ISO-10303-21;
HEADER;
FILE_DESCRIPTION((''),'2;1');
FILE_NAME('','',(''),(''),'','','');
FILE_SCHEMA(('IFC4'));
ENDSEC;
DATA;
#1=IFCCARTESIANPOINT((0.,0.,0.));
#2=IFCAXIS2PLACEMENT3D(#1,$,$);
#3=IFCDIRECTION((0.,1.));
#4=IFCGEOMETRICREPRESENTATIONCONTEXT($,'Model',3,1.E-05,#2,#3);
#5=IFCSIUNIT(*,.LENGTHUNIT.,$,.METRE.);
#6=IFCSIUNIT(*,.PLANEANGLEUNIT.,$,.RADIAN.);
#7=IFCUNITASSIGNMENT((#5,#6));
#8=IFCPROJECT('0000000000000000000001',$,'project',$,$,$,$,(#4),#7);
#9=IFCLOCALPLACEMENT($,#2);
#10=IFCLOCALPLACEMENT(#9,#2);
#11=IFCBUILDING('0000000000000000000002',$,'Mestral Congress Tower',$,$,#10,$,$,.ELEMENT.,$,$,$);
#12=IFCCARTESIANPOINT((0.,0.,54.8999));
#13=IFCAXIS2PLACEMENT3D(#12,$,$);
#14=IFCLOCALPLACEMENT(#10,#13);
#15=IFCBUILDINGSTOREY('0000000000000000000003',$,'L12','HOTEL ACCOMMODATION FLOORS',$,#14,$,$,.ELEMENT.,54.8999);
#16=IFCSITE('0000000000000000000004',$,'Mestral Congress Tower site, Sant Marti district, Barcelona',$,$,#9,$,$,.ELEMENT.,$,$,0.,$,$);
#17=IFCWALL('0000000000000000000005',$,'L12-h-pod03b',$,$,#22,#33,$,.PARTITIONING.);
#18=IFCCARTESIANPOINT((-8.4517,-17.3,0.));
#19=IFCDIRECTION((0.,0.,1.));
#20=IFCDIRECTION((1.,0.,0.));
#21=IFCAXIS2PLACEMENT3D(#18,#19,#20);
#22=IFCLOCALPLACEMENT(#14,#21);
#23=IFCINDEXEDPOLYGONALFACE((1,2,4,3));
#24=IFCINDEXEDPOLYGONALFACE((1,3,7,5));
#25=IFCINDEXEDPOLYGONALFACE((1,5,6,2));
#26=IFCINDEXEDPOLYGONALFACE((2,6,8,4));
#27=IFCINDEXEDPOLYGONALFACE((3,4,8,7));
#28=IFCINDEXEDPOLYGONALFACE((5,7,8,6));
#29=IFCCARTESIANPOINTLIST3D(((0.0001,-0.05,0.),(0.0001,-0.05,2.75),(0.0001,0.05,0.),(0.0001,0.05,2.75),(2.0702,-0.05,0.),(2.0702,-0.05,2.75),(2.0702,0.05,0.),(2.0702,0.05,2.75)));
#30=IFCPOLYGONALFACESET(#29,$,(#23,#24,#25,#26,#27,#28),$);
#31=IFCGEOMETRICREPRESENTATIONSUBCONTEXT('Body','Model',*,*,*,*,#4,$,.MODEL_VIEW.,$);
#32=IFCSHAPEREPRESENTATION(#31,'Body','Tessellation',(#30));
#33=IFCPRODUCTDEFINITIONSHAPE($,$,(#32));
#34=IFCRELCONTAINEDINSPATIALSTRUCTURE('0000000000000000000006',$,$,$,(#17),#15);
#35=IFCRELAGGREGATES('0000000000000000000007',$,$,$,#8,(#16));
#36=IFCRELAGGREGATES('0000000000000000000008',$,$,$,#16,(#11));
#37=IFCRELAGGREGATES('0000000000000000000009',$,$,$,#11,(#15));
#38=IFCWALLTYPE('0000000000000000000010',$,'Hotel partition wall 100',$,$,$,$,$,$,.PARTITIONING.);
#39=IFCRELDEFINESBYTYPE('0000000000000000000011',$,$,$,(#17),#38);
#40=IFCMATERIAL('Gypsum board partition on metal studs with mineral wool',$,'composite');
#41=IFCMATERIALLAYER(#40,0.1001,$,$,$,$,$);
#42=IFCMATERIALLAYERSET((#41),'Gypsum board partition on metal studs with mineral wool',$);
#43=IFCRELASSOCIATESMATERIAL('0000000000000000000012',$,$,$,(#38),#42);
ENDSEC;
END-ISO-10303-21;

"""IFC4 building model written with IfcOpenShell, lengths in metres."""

from ifc_helpers import new_model, si_unit, direction, frame, frame_2d, origin, place, context, subcontext, project, spatial, rectangle, extrude, material, layer, layer_set, type_object, element, save


model = new_model("IFC4")

# Units and contexts
model_context = context("Model", 3, precision=1e-05, world=origin(), true_north=direction((0.0, 1.0)))
body_context = subcontext(model_context, "Body", "Model", "MODEL_VIEW")
ifc_project = project(units=[si_unit("LENGTHUNIT", "METRE"), si_unit("PLANEANGLEUNIT", "RADIAN")], contexts=[model_context])

# Site, building, storey
site_placement = place(None, origin())
site = spatial("IfcSite", under=ifc_project, at=site_placement, Name="Mestral Congress Tower site, Sant Marti district, Barcelona", CompositionType="ELEMENT", RefElevation=0.0)
building_placement = place(site_placement, origin())
building = spatial("IfcBuilding", under=site, at=building_placement, Name="Mestral Congress Tower", CompositionType="ELEMENT")
storey_placement = place(building_placement, frame((0.0, 0.0, 54.8999)))
storey = spatial("IfcBuildingStorey", under=building, at=storey_placement, Name="L12", Description="HOTEL ACCOMMODATION FLOORS", CompositionType="ELEMENT", Elevation=54.8999)

# Shared definitions
ifc_material_1 = material(Name="Gypsum board partition on metal studs with mineral wool", Category="composite")
ifc_layer_1 = layer(ifc_material_1, 0.1001)
ifc_layer_set_1 = layer_set([ifc_layer_1], Name="Gypsum board partition on metal studs with mineral wool")
wall_type_1 = type_object("IfcWallType", Name="Hotel partition wall 100", PredefinedType="PARTITIONING", material=ifc_layer_set_1)

# Wall
wall_1_placement = place(storey_placement, frame((-8.4517, -17.3, 0.0), z_axis=(0.0, 0.0, 1.0), x_axis=(1.0, 0.0, 0.0)))
element("IfcWall", 1, at=wall_1_placement, inside=storey, type_object=wall_type_1, Name="L12-h-pod03b", PredefinedType="PARTITIONING", context=body_context, shape_type="SweptSolid", body=[
    extrude(rectangle(XDim=2.0701, YDim=0.1001, at=frame_2d((1.0352, 0.0))), origin(), (0.0, 0.0, 1.0), 2.75),
])

save(model, "model.ifc")
